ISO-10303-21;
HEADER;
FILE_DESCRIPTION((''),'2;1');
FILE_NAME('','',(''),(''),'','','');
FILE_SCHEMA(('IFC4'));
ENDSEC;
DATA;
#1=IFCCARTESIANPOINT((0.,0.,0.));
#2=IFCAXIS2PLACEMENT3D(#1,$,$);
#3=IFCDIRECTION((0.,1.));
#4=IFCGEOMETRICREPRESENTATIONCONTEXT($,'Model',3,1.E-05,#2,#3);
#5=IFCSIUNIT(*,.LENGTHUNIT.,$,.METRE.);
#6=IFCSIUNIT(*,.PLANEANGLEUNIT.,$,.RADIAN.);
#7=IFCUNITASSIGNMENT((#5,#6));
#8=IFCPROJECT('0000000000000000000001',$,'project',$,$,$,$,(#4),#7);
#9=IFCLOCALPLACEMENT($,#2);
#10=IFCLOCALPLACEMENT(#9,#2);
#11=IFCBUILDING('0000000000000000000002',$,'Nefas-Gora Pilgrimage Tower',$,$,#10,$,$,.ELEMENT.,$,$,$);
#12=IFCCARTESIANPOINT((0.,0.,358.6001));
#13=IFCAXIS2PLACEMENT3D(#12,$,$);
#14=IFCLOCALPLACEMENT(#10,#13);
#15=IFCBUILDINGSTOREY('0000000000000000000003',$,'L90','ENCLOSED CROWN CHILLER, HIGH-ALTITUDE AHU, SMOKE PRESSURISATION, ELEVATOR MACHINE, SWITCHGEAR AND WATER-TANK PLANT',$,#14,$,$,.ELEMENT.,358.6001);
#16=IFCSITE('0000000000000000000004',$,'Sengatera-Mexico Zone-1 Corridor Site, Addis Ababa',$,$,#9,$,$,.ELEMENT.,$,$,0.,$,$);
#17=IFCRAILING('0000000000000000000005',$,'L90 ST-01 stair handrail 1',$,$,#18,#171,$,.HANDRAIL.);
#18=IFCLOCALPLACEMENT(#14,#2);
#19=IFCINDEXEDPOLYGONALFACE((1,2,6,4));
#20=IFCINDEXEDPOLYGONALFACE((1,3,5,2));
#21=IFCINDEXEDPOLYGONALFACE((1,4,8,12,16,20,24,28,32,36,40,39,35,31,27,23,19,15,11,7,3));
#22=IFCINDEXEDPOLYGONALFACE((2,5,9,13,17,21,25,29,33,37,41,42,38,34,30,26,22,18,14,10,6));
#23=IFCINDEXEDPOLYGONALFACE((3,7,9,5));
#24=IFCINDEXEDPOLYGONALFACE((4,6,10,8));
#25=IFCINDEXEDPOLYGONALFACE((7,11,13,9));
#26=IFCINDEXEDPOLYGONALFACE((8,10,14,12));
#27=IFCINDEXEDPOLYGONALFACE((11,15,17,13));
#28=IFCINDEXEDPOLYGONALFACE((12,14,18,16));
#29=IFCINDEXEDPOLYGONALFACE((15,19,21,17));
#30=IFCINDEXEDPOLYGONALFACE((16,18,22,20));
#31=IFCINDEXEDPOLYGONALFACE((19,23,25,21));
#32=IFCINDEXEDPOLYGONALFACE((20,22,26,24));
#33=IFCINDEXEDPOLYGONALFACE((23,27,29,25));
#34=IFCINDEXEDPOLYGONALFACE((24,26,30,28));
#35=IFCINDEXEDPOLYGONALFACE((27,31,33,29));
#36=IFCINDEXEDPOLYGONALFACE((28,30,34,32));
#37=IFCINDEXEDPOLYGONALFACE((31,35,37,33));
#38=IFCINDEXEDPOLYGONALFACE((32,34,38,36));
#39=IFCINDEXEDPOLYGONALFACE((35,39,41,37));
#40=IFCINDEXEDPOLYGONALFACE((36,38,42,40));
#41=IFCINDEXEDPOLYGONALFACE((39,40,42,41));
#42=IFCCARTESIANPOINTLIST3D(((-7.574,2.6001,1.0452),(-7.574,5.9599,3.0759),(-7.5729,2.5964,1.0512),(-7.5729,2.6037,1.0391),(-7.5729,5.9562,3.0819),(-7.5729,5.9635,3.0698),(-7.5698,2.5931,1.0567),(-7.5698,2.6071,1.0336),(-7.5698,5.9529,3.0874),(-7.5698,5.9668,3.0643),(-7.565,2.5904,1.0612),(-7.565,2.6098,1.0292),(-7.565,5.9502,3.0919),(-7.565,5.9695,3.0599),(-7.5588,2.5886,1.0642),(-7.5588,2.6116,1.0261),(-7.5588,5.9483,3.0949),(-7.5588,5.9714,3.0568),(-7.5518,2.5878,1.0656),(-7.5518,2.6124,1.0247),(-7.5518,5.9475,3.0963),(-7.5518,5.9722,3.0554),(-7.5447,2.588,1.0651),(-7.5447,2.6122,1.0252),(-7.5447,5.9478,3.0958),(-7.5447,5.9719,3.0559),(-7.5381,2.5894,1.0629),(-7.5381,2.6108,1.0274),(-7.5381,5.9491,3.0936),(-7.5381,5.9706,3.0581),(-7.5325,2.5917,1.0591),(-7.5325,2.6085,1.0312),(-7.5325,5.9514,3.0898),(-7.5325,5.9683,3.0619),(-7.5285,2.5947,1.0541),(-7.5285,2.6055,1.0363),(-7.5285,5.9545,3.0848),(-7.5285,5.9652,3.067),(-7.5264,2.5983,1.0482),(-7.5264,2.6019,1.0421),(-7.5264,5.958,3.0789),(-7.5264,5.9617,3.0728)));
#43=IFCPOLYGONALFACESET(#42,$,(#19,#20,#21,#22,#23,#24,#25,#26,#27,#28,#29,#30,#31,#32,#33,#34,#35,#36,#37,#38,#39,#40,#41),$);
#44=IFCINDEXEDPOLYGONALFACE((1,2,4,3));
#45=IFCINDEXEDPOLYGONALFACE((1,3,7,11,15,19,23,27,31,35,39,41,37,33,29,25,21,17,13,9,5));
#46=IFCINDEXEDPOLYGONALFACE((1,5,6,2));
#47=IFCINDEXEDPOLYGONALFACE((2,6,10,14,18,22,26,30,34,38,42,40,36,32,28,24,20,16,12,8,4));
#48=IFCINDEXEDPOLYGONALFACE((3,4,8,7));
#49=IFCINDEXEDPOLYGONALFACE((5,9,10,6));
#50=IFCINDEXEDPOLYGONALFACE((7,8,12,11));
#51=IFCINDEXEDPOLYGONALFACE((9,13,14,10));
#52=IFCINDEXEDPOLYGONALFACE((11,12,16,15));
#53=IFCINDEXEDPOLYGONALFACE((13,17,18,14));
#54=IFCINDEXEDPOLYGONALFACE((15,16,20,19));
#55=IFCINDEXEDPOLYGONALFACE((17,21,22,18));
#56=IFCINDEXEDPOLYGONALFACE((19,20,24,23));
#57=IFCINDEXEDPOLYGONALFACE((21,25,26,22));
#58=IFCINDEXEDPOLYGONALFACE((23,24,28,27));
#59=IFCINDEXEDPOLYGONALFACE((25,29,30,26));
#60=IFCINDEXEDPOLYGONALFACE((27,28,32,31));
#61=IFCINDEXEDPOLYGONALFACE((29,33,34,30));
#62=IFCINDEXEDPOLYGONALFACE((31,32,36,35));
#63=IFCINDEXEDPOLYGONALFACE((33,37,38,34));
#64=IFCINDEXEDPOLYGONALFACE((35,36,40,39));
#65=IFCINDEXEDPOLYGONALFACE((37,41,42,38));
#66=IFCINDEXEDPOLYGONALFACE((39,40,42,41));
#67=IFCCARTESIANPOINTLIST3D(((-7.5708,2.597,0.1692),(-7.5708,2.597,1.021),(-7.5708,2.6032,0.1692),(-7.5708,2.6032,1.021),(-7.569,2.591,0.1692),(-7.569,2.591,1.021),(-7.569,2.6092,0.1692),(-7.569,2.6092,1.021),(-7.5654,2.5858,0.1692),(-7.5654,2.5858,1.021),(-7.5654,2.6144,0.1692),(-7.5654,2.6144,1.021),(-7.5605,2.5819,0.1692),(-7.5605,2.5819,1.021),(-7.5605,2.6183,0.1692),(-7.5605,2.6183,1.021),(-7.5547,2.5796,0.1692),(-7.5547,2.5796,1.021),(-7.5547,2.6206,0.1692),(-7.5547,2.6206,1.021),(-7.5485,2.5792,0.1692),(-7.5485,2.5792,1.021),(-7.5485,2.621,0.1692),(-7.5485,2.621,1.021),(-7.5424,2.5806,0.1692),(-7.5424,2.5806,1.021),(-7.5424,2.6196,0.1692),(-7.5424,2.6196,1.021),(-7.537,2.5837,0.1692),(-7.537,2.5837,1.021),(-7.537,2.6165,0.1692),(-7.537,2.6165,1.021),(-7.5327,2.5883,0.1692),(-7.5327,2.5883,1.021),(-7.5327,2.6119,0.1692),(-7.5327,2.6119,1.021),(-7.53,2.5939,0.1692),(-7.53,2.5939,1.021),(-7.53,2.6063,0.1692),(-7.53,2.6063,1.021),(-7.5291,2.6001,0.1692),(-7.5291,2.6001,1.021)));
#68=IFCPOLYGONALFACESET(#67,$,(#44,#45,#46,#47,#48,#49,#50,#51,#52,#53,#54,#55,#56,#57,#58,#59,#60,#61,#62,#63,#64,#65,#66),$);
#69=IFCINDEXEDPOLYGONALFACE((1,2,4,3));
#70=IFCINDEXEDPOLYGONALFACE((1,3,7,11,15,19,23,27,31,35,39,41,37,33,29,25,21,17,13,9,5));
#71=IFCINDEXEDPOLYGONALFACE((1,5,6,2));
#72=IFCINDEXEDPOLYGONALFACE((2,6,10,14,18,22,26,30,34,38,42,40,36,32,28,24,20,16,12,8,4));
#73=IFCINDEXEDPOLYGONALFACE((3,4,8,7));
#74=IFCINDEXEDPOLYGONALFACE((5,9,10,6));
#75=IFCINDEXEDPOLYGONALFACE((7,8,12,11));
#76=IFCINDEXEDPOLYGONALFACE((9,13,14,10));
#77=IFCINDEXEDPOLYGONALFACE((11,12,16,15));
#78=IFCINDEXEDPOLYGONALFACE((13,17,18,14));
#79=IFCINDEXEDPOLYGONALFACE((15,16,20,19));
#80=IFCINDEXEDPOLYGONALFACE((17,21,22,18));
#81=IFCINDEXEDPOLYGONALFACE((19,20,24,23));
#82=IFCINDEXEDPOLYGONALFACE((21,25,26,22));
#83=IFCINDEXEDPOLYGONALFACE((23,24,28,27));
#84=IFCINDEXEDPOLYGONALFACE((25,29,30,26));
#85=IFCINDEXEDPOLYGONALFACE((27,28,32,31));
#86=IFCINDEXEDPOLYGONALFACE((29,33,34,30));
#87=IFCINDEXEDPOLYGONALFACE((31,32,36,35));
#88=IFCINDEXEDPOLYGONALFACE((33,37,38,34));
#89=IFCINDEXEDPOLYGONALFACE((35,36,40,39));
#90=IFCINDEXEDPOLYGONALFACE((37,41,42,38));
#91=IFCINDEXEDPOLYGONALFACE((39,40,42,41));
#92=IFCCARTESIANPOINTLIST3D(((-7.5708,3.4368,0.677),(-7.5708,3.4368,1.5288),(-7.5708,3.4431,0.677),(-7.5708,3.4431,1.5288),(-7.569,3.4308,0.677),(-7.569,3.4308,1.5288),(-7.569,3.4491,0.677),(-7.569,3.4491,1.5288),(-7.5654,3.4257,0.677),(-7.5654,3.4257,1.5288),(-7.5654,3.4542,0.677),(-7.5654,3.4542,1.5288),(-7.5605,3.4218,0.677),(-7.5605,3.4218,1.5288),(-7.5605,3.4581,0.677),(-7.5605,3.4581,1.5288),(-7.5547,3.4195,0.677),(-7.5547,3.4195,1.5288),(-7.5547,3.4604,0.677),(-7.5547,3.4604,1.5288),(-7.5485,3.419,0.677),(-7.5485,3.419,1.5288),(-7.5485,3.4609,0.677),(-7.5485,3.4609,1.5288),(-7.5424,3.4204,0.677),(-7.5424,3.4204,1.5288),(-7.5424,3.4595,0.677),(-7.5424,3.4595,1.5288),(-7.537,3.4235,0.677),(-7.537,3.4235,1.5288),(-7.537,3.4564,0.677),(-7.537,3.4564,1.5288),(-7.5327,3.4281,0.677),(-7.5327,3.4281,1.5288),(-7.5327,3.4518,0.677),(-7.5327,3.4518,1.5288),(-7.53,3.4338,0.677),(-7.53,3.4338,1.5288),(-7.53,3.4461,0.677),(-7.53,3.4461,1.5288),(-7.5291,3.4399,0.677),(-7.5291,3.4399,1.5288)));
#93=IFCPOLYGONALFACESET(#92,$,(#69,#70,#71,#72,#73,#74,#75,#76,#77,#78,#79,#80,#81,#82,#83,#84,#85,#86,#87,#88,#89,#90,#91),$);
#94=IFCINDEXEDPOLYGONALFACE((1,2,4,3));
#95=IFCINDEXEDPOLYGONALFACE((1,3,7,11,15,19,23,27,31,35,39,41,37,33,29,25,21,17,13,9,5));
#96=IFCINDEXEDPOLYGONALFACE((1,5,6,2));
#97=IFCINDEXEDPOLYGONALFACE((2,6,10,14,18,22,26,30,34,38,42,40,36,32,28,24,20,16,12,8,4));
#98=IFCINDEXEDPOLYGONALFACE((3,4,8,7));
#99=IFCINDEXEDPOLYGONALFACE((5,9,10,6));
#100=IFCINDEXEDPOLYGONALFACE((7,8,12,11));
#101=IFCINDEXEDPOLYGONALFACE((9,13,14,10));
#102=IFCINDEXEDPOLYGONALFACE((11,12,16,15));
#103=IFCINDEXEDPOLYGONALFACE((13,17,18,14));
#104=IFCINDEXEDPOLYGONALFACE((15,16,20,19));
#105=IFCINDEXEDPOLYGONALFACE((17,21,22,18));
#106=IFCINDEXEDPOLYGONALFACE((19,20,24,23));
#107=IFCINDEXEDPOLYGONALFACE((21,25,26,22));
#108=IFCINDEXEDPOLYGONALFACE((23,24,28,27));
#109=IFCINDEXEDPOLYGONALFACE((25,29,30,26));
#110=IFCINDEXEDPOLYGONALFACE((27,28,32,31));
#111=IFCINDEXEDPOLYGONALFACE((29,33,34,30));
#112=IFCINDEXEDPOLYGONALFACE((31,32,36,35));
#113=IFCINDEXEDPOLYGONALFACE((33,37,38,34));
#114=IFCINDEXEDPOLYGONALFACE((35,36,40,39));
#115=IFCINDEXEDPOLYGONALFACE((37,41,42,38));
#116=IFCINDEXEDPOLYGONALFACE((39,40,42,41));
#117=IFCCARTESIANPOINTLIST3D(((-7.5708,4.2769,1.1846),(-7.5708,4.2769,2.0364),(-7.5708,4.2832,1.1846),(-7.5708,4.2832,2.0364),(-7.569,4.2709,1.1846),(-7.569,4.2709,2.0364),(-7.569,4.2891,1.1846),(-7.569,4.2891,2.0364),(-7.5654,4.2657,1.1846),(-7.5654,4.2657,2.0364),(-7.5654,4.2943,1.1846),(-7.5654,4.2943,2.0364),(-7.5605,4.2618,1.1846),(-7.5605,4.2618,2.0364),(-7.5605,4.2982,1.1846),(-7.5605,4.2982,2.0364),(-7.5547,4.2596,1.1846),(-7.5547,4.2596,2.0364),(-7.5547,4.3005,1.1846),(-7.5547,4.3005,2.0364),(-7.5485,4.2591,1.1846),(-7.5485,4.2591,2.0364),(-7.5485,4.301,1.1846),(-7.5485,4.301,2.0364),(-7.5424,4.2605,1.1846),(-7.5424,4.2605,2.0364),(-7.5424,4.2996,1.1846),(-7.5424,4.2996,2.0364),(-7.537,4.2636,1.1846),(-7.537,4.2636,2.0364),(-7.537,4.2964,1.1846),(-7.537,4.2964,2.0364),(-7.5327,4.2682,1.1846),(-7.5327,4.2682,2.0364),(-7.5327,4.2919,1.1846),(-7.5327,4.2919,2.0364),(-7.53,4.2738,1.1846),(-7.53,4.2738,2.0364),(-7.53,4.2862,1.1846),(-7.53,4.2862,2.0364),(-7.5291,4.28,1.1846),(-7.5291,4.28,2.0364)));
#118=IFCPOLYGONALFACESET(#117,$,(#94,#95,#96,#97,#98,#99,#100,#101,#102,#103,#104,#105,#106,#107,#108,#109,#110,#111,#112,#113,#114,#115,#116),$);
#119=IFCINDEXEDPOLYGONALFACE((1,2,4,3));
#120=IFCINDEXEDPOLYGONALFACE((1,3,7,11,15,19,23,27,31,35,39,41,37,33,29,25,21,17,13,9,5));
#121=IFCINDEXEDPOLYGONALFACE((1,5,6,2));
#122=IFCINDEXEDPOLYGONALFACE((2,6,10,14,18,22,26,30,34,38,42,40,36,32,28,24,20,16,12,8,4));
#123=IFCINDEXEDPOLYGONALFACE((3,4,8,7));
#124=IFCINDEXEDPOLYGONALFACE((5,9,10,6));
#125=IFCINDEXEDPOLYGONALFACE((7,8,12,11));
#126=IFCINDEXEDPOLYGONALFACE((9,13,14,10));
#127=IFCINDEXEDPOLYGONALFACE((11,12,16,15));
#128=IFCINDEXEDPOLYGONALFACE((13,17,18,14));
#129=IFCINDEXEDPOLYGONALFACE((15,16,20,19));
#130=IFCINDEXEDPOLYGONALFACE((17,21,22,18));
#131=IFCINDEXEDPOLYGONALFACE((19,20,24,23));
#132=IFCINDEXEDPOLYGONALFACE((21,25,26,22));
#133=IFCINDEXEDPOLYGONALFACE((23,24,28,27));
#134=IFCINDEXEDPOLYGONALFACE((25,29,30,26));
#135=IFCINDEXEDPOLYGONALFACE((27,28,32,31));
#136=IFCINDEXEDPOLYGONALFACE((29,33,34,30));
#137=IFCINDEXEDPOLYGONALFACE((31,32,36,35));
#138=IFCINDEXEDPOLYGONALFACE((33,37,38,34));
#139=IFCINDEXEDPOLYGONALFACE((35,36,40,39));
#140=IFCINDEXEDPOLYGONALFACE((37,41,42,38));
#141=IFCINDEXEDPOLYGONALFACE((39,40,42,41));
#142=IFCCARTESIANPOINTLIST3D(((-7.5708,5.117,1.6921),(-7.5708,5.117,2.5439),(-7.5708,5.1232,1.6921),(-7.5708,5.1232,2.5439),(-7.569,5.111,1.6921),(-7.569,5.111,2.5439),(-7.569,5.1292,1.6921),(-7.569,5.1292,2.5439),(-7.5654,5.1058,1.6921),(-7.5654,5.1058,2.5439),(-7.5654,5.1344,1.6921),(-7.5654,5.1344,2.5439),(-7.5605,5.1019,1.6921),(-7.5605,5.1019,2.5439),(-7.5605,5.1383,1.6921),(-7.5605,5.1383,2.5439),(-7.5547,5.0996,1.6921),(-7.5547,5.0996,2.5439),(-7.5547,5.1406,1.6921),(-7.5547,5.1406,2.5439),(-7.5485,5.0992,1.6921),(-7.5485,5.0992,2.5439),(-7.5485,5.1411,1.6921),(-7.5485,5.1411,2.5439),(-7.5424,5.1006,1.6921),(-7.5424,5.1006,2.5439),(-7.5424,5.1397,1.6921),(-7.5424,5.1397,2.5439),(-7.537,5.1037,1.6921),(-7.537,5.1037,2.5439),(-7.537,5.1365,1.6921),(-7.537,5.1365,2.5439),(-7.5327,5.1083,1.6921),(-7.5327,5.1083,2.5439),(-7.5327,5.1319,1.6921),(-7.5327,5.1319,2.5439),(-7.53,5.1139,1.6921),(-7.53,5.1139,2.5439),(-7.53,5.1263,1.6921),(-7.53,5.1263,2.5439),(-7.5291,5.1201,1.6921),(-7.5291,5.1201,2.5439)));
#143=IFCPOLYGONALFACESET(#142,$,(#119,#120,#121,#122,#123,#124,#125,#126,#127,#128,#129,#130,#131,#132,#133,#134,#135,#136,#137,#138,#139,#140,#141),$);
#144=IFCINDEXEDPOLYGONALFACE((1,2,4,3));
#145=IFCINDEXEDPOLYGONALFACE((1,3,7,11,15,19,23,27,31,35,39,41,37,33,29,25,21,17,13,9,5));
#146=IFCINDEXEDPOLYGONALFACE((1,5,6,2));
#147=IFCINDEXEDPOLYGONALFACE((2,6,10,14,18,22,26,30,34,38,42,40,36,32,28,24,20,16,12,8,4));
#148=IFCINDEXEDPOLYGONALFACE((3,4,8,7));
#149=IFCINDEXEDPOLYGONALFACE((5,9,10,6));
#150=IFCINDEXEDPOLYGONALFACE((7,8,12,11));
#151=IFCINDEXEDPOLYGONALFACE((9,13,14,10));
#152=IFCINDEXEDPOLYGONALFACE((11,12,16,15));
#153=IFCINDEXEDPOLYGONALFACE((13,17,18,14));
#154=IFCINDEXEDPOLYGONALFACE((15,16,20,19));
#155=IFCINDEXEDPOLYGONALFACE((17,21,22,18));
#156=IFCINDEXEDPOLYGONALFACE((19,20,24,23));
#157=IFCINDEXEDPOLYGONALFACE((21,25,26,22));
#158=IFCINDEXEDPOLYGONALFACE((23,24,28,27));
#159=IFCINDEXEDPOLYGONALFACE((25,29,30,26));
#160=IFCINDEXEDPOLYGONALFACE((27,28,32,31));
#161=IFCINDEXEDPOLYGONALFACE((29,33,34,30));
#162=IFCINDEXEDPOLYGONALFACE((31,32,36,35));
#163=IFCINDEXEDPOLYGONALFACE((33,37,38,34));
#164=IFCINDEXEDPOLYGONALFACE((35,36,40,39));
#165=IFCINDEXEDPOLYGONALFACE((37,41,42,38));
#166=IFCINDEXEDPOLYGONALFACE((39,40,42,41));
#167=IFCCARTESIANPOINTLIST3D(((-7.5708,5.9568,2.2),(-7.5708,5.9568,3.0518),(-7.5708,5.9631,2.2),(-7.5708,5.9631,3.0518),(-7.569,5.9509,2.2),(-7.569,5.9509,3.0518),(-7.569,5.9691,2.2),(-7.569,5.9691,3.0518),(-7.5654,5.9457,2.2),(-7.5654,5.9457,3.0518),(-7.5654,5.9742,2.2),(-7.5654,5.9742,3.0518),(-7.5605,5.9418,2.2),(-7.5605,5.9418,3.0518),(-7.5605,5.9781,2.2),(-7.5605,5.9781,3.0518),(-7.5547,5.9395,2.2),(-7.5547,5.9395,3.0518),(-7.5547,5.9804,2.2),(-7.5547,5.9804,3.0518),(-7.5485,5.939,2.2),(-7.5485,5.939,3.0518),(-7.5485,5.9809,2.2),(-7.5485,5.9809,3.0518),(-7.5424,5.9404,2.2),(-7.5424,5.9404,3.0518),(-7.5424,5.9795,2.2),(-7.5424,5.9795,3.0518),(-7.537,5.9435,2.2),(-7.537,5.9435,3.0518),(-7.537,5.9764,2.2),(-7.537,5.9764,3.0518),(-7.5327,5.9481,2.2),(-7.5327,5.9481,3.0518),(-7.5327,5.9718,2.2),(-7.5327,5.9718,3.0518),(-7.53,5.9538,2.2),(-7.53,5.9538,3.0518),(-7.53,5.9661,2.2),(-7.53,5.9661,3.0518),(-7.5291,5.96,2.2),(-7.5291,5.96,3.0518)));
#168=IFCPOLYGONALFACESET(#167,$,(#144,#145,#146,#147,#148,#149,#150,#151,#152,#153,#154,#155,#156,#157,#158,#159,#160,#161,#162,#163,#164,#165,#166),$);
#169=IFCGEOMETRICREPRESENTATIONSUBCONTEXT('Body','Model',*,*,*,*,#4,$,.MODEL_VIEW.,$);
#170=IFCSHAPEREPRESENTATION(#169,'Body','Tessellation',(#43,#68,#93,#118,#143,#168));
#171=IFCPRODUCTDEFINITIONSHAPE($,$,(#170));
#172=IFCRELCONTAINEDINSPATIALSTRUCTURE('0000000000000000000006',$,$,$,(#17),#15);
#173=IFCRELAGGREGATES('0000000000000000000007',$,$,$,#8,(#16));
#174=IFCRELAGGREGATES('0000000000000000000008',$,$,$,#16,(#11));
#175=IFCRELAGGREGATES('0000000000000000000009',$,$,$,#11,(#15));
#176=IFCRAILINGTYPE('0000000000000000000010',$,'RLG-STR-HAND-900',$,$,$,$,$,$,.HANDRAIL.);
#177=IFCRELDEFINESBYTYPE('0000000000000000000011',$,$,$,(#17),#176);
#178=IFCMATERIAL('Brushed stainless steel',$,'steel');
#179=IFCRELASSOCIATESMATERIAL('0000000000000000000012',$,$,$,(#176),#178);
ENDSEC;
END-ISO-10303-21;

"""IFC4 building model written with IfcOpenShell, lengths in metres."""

from ifc_helpers import new_model, si_unit, direction, frame, origin, origin_2d, place, context, subcontext, project, spatial, circle, extrude, material, type_object, element, save


model = new_model("IFC4")

# Units and contexts
model_context = context("Model", 3, precision=1e-05, world=origin(), true_north=direction((0.0, 1.0)))
body_context = subcontext(model_context, "Body", "Model", "MODEL_VIEW")
ifc_project = project(units=[si_unit("LENGTHUNIT", "METRE"), si_unit("PLANEANGLEUNIT", "RADIAN")], contexts=[model_context])

# Site, building, storey
site_placement = place(None, origin())
site = spatial("IfcSite", under=ifc_project, at=site_placement, Name="Sengatera-Mexico Zone-1 Corridor Site, Addis Ababa", CompositionType="ELEMENT", RefElevation=0.0)
building_placement = place(site_placement, origin())
building = spatial("IfcBuilding", under=site, at=building_placement, Name="Nefas-Gora Pilgrimage Tower", CompositionType="ELEMENT")
storey_placement = place(building_placement, frame((0.0, 0.0, 358.6001)))
storey = spatial("IfcBuildingStorey", under=building, at=storey_placement, Name="L90", Description="ENCLOSED CROWN CHILLER, HIGH-ALTITUDE AHU, SMOKE PRESSURISATION, ELEVATOR MACHINE, SWITCHGEAR AND WATER-TANK PLANT", CompositionType="ELEMENT", Elevation=358.6001)

# Railing
ifc_material_1 = material(Name="Brushed stainless steel", Category="steel")
railing_type_1 = type_object("IfcRailingType", Name="RLG-STR-HAND-900", PredefinedType="HANDRAIL", material=ifc_material_1)
railing_1_placement = place(storey_placement, frame((-7.55, 2.6001, 0.1692)))
element("IfcRailing", 1, at=railing_1_placement, inside=storey, type_object=railing_type_1, Name="L90 ST-01 stair handrail 1", PredefinedType="HANDRAIL", context=body_context, shape_type="SweptSolid", body=[
    extrude(circle(Radius=0.0239, at=origin_2d()), frame((0.0, 0.0, 0.876), z_axis=(0.0, 0.85582, 0.517273), x_axis=(-1.0, 0.0, 0.0)), (0.0, 0.0, 1.0), 3.9258),
    extrude(circle(Radius=0.021, at=origin_2d()), origin(), (0.0, 0.0, 1.0), 0.8518),
    extrude(circle(Radius=0.021, at=origin_2d()), frame((0.0, 0.8398, 0.5078)), (0.0, 0.0, 1.0), 0.8518),
    extrude(circle(Radius=0.021, at=origin_2d()), frame((0.0, 1.6799, 1.0154)), (0.0, 0.0, 1.0), 0.8518),
    extrude(circle(Radius=0.021, at=origin_2d()), frame((0.0, 2.52, 1.5229)), (0.0, 0.0, 1.0), 0.8518),
    extrude(circle(Radius=0.021, at=origin_2d()), frame((0.0, 3.3599, 2.0308)), (0.0, 0.0, 1.0), 0.8518),
])

save(model, "model.ifc")
